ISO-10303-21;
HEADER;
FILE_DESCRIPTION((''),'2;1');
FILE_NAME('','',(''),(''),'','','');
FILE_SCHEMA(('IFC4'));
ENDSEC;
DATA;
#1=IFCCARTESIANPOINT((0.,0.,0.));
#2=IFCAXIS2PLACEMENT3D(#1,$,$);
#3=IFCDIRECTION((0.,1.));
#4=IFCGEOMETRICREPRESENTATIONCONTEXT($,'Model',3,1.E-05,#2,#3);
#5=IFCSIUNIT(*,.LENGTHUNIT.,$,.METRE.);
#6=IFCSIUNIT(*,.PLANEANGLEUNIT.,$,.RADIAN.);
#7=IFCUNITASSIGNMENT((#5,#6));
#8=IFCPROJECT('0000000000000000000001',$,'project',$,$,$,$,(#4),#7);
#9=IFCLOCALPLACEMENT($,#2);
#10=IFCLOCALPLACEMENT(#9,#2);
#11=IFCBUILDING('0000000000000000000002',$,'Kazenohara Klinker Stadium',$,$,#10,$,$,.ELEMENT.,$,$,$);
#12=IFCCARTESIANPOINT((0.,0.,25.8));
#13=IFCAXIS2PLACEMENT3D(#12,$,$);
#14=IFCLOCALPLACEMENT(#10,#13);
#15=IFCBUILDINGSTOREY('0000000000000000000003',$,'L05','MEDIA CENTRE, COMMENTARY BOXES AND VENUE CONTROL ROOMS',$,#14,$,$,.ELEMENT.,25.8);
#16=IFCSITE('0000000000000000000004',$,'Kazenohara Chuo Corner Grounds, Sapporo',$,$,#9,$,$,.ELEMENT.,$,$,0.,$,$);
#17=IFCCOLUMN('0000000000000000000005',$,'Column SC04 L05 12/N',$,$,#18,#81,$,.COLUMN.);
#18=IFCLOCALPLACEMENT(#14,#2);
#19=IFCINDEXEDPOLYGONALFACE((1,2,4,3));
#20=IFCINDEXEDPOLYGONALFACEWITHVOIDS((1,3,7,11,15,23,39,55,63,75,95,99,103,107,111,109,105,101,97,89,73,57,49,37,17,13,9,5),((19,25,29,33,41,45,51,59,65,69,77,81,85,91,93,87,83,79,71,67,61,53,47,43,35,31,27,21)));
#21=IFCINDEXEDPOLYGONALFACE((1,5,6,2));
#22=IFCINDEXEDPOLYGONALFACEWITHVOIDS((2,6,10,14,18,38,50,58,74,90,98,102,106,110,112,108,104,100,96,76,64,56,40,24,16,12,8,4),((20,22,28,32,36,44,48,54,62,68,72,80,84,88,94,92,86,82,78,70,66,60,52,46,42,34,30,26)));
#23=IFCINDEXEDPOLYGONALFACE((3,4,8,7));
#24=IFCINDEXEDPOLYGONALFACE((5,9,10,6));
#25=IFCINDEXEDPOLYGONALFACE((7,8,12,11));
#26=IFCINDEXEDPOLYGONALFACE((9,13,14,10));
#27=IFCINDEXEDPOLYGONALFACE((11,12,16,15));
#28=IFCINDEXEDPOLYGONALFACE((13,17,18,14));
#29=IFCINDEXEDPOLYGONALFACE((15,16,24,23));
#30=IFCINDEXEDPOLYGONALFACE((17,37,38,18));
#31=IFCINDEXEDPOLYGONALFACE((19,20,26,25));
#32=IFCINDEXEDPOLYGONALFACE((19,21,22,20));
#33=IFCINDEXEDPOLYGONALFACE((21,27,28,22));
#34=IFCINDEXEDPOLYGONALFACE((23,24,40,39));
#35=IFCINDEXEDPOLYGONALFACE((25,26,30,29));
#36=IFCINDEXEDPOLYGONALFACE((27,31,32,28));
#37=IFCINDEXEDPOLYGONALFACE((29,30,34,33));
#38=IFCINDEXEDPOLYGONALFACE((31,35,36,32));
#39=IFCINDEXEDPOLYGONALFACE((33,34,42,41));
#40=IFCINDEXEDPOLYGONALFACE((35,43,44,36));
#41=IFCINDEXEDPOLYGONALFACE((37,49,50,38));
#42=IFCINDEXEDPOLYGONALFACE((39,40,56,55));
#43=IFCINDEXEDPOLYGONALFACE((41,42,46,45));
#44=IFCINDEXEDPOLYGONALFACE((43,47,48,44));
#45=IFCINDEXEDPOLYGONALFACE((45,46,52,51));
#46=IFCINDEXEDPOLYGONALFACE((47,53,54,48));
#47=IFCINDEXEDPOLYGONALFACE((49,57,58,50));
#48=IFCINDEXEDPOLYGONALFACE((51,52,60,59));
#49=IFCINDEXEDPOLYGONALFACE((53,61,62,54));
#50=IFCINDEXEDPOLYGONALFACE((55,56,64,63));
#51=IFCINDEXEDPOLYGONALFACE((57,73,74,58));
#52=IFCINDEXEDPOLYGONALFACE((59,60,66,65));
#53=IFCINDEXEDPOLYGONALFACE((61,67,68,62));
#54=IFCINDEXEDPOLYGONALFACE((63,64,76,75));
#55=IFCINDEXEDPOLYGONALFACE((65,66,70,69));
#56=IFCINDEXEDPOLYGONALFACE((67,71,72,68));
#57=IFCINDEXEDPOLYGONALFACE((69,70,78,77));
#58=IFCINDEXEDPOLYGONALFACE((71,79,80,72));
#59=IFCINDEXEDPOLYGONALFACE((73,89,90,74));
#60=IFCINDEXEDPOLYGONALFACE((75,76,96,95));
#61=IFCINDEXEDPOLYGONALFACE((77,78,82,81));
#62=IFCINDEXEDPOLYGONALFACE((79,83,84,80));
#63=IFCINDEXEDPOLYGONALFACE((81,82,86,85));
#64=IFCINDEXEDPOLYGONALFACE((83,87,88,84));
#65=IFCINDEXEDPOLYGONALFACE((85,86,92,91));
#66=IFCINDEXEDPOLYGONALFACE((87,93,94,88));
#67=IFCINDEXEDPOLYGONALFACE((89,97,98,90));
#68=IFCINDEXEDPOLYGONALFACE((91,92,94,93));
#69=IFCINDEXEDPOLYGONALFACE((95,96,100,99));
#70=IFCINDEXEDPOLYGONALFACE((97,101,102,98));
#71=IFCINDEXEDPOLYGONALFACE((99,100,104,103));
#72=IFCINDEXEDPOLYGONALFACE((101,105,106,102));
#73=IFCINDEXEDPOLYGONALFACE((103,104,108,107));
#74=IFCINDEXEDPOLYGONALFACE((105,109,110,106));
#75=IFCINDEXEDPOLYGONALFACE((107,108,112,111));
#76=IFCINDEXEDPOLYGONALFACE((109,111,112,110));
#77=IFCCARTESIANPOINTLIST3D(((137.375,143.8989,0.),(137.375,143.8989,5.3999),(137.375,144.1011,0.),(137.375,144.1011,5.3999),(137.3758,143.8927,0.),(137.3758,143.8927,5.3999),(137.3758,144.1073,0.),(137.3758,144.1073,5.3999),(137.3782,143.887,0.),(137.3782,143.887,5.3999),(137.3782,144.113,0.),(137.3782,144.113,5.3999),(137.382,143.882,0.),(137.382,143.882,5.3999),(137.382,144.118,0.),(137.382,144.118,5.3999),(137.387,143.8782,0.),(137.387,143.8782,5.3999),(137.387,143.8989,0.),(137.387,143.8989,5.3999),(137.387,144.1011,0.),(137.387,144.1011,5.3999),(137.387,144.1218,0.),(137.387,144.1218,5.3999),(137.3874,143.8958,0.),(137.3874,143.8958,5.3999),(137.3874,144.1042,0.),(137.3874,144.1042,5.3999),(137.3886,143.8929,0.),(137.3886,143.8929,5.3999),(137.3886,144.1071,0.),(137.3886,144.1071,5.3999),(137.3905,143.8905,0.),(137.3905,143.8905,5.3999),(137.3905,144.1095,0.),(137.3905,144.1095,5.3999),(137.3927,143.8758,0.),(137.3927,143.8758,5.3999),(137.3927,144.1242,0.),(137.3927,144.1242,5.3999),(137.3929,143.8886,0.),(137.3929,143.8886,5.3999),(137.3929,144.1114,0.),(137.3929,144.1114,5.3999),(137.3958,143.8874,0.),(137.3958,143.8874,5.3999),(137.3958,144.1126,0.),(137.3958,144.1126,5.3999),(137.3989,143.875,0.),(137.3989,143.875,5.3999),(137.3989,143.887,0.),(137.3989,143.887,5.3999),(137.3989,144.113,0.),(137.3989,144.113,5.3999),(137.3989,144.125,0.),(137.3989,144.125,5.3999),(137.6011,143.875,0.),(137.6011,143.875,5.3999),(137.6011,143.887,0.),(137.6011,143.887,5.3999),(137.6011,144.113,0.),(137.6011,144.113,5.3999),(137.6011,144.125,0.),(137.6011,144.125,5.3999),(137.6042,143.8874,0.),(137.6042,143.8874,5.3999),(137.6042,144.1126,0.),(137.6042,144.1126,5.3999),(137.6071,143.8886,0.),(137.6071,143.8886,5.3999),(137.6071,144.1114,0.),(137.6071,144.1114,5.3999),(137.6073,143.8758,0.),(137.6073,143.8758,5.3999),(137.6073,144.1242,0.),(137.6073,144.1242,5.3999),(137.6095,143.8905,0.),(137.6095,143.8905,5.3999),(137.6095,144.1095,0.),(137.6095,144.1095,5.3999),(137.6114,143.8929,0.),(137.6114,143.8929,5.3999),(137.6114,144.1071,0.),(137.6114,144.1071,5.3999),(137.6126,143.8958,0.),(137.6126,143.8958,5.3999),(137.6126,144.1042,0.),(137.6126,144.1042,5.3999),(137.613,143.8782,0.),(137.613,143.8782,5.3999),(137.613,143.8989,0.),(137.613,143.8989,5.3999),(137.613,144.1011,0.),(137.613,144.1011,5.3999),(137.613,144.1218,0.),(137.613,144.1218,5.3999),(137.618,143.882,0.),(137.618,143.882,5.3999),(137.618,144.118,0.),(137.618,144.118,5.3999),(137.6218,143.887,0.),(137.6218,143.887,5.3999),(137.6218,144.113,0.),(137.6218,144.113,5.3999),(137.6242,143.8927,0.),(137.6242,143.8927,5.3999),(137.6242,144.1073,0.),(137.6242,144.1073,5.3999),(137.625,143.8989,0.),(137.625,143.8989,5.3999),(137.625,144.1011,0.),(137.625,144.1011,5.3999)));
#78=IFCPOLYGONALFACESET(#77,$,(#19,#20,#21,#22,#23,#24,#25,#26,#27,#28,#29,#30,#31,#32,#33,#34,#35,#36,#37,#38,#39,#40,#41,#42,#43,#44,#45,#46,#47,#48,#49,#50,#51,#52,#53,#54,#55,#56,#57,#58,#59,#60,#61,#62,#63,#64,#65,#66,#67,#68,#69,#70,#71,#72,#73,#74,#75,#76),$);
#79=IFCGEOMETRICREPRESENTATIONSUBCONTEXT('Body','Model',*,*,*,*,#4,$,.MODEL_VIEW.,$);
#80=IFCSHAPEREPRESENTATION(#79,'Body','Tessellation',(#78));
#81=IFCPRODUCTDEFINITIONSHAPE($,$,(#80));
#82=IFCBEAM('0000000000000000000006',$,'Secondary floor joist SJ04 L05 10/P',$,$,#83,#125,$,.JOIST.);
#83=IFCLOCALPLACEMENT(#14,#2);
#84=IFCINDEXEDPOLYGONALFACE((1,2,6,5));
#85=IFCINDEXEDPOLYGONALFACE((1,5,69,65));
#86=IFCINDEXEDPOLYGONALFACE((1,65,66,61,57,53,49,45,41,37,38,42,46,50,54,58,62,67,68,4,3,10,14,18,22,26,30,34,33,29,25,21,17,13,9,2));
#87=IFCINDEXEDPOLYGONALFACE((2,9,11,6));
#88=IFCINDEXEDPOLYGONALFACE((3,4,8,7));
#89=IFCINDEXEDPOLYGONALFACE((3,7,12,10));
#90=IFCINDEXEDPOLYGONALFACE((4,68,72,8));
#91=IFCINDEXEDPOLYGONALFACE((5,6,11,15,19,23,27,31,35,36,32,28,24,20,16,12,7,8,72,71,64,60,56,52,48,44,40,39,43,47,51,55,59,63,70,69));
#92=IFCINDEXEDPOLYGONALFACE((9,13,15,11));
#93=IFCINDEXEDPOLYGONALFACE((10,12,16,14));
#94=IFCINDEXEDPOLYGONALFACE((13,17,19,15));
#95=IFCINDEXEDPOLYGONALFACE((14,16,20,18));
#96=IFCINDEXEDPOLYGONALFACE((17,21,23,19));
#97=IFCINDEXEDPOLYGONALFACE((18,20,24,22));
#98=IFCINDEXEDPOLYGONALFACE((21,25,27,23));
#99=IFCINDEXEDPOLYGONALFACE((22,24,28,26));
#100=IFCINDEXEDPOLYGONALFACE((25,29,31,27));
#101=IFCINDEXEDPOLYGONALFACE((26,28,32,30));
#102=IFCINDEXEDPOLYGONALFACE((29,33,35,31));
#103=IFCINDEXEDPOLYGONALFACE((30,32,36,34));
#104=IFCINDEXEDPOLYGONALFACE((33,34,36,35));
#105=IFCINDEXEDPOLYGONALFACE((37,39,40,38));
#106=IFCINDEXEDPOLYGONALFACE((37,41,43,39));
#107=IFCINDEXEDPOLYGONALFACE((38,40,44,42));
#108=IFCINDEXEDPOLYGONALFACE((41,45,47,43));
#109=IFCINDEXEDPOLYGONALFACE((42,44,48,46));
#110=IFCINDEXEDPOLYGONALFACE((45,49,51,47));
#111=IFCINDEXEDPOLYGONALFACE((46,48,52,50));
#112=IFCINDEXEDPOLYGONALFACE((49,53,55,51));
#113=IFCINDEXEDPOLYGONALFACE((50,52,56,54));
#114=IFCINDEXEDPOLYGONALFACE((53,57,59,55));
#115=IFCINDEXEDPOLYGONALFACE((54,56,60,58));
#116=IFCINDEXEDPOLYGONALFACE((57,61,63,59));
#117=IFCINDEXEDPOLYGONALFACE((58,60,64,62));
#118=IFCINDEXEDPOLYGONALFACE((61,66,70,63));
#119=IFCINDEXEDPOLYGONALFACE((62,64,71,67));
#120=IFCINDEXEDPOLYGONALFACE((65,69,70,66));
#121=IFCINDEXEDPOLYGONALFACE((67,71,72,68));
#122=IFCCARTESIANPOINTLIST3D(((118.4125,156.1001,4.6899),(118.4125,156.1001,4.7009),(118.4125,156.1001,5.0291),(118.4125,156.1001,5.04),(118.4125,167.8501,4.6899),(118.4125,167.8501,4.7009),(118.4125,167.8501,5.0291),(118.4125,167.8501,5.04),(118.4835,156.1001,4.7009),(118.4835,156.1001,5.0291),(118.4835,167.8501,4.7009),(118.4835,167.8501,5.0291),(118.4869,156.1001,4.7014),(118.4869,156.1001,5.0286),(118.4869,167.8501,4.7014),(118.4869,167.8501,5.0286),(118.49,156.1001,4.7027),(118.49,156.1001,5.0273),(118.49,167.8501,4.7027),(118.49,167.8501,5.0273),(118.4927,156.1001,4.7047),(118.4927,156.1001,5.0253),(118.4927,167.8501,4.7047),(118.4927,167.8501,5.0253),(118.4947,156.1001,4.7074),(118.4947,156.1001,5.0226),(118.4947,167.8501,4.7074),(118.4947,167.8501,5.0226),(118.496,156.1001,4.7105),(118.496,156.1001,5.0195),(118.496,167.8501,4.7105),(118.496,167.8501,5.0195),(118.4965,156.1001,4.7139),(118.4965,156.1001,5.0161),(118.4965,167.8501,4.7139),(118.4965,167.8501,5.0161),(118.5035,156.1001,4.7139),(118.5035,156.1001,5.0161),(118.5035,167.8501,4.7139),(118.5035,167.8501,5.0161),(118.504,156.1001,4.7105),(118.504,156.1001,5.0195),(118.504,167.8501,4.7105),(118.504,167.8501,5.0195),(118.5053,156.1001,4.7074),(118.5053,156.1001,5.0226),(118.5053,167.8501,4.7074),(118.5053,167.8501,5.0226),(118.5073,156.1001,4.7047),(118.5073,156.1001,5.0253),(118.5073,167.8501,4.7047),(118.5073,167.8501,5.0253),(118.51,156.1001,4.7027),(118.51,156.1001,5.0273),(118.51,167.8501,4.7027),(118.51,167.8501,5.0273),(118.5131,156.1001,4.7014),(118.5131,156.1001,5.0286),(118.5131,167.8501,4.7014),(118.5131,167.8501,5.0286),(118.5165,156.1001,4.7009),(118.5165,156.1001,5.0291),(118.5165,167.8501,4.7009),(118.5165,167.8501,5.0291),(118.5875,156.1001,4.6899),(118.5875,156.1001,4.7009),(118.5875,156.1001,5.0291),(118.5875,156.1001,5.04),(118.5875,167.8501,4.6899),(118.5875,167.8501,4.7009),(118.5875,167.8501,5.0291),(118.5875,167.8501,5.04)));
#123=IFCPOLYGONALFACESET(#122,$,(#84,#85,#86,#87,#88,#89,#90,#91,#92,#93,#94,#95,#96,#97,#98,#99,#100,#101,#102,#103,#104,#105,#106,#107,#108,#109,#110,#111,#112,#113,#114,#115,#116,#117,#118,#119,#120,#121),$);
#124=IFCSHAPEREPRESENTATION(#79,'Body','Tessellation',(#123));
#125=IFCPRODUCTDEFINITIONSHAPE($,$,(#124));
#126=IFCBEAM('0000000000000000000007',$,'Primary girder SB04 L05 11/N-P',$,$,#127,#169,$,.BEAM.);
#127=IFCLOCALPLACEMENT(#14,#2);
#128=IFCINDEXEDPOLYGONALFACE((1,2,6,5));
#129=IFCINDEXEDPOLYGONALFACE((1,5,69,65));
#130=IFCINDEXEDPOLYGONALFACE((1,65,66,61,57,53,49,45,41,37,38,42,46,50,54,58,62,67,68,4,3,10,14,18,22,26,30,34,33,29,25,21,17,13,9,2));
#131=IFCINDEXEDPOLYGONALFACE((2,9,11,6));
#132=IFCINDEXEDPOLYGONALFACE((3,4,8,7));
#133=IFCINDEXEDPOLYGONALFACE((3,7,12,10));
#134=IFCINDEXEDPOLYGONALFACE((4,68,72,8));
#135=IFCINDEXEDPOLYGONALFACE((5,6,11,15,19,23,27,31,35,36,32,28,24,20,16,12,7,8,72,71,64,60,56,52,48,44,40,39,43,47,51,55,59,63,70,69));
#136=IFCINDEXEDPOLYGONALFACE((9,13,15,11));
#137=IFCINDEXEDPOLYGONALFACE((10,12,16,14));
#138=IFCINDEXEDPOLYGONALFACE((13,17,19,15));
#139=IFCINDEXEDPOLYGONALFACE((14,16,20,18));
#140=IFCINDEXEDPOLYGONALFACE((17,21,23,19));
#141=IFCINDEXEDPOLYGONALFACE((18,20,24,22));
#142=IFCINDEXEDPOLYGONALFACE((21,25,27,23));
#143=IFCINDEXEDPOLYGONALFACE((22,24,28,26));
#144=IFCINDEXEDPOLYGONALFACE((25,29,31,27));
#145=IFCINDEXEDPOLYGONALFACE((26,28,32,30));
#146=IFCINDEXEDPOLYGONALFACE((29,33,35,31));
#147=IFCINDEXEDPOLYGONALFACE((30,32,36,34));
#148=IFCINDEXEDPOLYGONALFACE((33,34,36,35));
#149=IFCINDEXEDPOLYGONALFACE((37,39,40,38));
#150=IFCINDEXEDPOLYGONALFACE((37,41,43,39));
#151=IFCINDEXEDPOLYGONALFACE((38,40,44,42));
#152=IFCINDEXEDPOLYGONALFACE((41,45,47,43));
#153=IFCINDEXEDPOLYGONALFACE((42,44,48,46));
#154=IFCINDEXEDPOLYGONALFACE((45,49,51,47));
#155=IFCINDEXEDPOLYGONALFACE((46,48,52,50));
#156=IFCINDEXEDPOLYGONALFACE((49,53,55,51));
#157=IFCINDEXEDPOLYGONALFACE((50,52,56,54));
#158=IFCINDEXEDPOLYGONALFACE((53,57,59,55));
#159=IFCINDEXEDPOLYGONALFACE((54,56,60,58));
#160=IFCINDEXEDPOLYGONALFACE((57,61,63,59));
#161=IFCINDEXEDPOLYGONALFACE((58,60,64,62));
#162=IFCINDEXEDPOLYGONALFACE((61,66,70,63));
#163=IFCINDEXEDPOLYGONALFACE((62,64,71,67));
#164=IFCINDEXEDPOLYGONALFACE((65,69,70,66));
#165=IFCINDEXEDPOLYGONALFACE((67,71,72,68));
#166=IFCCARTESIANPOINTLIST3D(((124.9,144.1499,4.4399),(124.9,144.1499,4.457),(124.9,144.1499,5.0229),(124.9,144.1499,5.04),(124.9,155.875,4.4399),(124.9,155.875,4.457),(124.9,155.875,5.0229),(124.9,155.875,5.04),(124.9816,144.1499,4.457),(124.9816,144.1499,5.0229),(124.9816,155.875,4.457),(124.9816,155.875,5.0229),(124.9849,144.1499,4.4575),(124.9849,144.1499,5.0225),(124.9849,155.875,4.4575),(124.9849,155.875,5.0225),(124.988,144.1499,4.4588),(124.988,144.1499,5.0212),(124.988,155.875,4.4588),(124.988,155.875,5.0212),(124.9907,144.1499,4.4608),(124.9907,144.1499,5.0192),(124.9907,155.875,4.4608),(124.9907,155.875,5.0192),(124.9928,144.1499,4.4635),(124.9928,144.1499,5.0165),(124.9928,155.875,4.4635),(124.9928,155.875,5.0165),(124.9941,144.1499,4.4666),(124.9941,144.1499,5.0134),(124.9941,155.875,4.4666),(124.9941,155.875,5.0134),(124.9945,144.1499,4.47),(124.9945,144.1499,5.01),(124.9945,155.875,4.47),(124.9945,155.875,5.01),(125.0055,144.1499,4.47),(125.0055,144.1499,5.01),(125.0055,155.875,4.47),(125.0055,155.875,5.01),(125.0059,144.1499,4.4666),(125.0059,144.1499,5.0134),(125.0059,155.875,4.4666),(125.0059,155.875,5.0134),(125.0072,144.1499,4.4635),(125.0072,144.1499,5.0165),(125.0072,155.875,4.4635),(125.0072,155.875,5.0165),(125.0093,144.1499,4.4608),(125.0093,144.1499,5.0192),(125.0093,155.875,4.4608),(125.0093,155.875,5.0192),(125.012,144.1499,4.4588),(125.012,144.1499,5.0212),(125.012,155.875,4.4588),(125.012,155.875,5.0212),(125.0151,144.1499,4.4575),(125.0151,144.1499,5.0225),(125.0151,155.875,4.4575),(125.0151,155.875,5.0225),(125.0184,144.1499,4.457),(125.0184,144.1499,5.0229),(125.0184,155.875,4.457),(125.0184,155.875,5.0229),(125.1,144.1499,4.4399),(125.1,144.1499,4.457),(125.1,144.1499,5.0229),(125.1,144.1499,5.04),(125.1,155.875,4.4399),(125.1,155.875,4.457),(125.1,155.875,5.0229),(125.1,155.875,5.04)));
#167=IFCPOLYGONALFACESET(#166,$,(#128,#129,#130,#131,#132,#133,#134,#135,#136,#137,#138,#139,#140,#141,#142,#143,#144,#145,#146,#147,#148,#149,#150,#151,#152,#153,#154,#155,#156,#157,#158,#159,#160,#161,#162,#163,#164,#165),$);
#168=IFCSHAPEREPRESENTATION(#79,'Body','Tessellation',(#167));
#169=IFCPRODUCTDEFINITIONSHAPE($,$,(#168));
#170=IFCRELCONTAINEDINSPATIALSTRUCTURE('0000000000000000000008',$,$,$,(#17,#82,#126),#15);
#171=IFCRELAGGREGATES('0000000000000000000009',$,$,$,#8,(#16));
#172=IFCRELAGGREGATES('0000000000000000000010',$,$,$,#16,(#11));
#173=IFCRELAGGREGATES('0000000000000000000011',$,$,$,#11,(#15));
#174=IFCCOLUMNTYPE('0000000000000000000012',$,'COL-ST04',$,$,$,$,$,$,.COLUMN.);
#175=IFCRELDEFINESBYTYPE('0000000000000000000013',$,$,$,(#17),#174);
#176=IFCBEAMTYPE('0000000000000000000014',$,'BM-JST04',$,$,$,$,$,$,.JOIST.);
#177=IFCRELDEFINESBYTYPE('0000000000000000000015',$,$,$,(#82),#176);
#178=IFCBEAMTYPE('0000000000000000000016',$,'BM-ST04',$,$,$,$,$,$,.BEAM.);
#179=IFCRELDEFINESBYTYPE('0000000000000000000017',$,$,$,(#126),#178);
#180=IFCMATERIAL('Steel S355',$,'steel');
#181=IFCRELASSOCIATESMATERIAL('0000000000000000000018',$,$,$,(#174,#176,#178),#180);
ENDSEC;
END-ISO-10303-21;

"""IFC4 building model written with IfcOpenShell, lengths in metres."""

from ifc_helpers import new_model, si_unit, direction, frame, origin, origin_2d, place, context, subcontext, project, spatial, hollow_rectangle, i_section, extrude, material, material_profile, profile_set, type_object, element, save


model = new_model("IFC4")

# Units and contexts
model_context = context("Model", 3, precision=1e-05, world=origin(), true_north=direction((0.0, 1.0)))
body_context = subcontext(model_context, "Body", "Model", "MODEL_VIEW")
ifc_project = project(units=[si_unit("LENGTHUNIT", "METRE"), si_unit("PLANEANGLEUNIT", "RADIAN")], contexts=[model_context])

# Site, building, storey
site_placement = place(None, origin())
site = spatial("IfcSite", under=ifc_project, at=site_placement, Name="Kazenohara Chuo Corner Grounds, Sapporo", CompositionType="ELEMENT", RefElevation=0.0)
building_placement = place(site_placement, origin())
building = spatial("IfcBuilding", under=site, at=building_placement, Name="Kazenohara Klinker Stadium", CompositionType="ELEMENT")
storey_placement = place(building_placement, frame((0.0, 0.0, 25.8)))
storey = spatial("IfcBuildingStorey", under=building, at=storey_placement, Name="L05", Description="MEDIA CENTRE, COMMENTARY BOXES AND VENUE CONTROL ROOMS", CompositionType="ELEMENT", Elevation=25.8)

# Column
ifc_material_1 = material(Name="Steel S355", Category="steel")
ifc_material_profile_1 = material_profile(ifc_material_1, hollow_rectangle(XDim=0.25, YDim=0.25, WallThickness=0.012, InnerFilletRadius=0.012, OuterFilletRadius=0.0239, at=origin_2d()), Name="SHS-250x250x12")
ifc_profile_set_1 = profile_set([ifc_material_profile_1], Name="Steel S355")
column_type_1 = type_object("IfcColumnType", Name="COL-ST04", PredefinedType="COLUMN", material=ifc_profile_set_1)
for number, where, z_axis, x_axis, name in (
    (1, (137.5, 144.0, 0.0), (0.0, 0.0, 1.0), (1.0, 0.0, 0.0), "Column SC04 L05 12/N"),
):
    element("IfcColumn", number, at=place(storey_placement, frame(where, z_axis=z_axis, x_axis=x_axis)), inside=storey, type_object=column_type_1, Name=name, PredefinedType="COLUMN", context=body_context, shape_type="SweptSolid", body=[
        extrude(hollow_rectangle(XDim=0.25, YDim=0.25, WallThickness=0.012, InnerFilletRadius=0.012, OuterFilletRadius=0.0239, at=origin_2d()), origin(), (0.0, 0.0, 1.0), 5.3999),
    ])

# Beams
ifc_material_profile_2 = material_profile(ifc_material_1, i_section(OverallWidth=0.175, OverallDepth=0.3501, WebThickness=0.0071, FlangeThickness=0.011, FilletRadius=0.0129, at=origin_2d()), Name="H-350x175x7x11")
ifc_profile_set_2 = profile_set([ifc_material_profile_2], Name="Steel S355")
beam_type_1 = type_object("IfcBeamType", Name="BM-JST04", PredefinedType="JOIST", material=ifc_profile_set_2)
beam_1_placement = place(storey_placement, frame((118.5, 156.1001, 4.865), z_axis=(0.0, 1.0, 0.0), x_axis=(-1.0, 0.0, 0.0)))
element("IfcBeam", 2, at=beam_1_placement, inside=storey, type_object=beam_type_1, Name="Secondary floor joist SJ04 L05 10/P", PredefinedType="JOIST", context=body_context, shape_type="SweptSolid", body=[
    extrude(i_section(OverallWidth=0.175, OverallDepth=0.3501, WebThickness=0.0071, FlangeThickness=0.011, FilletRadius=0.0129, at=origin_2d()), origin(), (0.0, 0.0, 1.0), 11.75),
])
ifc_material_profile_3 = material_profile(ifc_material_1, i_section(OverallWidth=0.2, OverallDepth=0.6001, WebThickness=0.011, FlangeThickness=0.0171, FilletRadius=0.0129, at=origin_2d()), Name="H-600x200x11x17")
ifc_profile_set_3 = profile_set([ifc_material_profile_3], Name="Steel S355")
beam_type_2 = type_object("IfcBeamType", Name="BM-ST04", PredefinedType="BEAM", material=ifc_profile_set_3)
beam_2_placement = place(storey_placement, frame((125.0, 144.1499, 4.74), z_axis=(0.0, 1.0, 0.0), x_axis=(-1.0, 0.0, 0.0)))
element("IfcBeam", 3, at=beam_2_placement, inside=storey, type_object=beam_type_2, Name="Primary girder SB04 L05 11/N-P", PredefinedType="BEAM", context=body_context, shape_type="SweptSolid", body=[
    extrude(i_section(OverallWidth=0.2, OverallDepth=0.6001, WebThickness=0.011, FlangeThickness=0.0171, FilletRadius=0.0129, at=origin_2d()), origin(), (0.0, 0.0, 1.0), 11.7251),
])

save(model, "model.ifc")
